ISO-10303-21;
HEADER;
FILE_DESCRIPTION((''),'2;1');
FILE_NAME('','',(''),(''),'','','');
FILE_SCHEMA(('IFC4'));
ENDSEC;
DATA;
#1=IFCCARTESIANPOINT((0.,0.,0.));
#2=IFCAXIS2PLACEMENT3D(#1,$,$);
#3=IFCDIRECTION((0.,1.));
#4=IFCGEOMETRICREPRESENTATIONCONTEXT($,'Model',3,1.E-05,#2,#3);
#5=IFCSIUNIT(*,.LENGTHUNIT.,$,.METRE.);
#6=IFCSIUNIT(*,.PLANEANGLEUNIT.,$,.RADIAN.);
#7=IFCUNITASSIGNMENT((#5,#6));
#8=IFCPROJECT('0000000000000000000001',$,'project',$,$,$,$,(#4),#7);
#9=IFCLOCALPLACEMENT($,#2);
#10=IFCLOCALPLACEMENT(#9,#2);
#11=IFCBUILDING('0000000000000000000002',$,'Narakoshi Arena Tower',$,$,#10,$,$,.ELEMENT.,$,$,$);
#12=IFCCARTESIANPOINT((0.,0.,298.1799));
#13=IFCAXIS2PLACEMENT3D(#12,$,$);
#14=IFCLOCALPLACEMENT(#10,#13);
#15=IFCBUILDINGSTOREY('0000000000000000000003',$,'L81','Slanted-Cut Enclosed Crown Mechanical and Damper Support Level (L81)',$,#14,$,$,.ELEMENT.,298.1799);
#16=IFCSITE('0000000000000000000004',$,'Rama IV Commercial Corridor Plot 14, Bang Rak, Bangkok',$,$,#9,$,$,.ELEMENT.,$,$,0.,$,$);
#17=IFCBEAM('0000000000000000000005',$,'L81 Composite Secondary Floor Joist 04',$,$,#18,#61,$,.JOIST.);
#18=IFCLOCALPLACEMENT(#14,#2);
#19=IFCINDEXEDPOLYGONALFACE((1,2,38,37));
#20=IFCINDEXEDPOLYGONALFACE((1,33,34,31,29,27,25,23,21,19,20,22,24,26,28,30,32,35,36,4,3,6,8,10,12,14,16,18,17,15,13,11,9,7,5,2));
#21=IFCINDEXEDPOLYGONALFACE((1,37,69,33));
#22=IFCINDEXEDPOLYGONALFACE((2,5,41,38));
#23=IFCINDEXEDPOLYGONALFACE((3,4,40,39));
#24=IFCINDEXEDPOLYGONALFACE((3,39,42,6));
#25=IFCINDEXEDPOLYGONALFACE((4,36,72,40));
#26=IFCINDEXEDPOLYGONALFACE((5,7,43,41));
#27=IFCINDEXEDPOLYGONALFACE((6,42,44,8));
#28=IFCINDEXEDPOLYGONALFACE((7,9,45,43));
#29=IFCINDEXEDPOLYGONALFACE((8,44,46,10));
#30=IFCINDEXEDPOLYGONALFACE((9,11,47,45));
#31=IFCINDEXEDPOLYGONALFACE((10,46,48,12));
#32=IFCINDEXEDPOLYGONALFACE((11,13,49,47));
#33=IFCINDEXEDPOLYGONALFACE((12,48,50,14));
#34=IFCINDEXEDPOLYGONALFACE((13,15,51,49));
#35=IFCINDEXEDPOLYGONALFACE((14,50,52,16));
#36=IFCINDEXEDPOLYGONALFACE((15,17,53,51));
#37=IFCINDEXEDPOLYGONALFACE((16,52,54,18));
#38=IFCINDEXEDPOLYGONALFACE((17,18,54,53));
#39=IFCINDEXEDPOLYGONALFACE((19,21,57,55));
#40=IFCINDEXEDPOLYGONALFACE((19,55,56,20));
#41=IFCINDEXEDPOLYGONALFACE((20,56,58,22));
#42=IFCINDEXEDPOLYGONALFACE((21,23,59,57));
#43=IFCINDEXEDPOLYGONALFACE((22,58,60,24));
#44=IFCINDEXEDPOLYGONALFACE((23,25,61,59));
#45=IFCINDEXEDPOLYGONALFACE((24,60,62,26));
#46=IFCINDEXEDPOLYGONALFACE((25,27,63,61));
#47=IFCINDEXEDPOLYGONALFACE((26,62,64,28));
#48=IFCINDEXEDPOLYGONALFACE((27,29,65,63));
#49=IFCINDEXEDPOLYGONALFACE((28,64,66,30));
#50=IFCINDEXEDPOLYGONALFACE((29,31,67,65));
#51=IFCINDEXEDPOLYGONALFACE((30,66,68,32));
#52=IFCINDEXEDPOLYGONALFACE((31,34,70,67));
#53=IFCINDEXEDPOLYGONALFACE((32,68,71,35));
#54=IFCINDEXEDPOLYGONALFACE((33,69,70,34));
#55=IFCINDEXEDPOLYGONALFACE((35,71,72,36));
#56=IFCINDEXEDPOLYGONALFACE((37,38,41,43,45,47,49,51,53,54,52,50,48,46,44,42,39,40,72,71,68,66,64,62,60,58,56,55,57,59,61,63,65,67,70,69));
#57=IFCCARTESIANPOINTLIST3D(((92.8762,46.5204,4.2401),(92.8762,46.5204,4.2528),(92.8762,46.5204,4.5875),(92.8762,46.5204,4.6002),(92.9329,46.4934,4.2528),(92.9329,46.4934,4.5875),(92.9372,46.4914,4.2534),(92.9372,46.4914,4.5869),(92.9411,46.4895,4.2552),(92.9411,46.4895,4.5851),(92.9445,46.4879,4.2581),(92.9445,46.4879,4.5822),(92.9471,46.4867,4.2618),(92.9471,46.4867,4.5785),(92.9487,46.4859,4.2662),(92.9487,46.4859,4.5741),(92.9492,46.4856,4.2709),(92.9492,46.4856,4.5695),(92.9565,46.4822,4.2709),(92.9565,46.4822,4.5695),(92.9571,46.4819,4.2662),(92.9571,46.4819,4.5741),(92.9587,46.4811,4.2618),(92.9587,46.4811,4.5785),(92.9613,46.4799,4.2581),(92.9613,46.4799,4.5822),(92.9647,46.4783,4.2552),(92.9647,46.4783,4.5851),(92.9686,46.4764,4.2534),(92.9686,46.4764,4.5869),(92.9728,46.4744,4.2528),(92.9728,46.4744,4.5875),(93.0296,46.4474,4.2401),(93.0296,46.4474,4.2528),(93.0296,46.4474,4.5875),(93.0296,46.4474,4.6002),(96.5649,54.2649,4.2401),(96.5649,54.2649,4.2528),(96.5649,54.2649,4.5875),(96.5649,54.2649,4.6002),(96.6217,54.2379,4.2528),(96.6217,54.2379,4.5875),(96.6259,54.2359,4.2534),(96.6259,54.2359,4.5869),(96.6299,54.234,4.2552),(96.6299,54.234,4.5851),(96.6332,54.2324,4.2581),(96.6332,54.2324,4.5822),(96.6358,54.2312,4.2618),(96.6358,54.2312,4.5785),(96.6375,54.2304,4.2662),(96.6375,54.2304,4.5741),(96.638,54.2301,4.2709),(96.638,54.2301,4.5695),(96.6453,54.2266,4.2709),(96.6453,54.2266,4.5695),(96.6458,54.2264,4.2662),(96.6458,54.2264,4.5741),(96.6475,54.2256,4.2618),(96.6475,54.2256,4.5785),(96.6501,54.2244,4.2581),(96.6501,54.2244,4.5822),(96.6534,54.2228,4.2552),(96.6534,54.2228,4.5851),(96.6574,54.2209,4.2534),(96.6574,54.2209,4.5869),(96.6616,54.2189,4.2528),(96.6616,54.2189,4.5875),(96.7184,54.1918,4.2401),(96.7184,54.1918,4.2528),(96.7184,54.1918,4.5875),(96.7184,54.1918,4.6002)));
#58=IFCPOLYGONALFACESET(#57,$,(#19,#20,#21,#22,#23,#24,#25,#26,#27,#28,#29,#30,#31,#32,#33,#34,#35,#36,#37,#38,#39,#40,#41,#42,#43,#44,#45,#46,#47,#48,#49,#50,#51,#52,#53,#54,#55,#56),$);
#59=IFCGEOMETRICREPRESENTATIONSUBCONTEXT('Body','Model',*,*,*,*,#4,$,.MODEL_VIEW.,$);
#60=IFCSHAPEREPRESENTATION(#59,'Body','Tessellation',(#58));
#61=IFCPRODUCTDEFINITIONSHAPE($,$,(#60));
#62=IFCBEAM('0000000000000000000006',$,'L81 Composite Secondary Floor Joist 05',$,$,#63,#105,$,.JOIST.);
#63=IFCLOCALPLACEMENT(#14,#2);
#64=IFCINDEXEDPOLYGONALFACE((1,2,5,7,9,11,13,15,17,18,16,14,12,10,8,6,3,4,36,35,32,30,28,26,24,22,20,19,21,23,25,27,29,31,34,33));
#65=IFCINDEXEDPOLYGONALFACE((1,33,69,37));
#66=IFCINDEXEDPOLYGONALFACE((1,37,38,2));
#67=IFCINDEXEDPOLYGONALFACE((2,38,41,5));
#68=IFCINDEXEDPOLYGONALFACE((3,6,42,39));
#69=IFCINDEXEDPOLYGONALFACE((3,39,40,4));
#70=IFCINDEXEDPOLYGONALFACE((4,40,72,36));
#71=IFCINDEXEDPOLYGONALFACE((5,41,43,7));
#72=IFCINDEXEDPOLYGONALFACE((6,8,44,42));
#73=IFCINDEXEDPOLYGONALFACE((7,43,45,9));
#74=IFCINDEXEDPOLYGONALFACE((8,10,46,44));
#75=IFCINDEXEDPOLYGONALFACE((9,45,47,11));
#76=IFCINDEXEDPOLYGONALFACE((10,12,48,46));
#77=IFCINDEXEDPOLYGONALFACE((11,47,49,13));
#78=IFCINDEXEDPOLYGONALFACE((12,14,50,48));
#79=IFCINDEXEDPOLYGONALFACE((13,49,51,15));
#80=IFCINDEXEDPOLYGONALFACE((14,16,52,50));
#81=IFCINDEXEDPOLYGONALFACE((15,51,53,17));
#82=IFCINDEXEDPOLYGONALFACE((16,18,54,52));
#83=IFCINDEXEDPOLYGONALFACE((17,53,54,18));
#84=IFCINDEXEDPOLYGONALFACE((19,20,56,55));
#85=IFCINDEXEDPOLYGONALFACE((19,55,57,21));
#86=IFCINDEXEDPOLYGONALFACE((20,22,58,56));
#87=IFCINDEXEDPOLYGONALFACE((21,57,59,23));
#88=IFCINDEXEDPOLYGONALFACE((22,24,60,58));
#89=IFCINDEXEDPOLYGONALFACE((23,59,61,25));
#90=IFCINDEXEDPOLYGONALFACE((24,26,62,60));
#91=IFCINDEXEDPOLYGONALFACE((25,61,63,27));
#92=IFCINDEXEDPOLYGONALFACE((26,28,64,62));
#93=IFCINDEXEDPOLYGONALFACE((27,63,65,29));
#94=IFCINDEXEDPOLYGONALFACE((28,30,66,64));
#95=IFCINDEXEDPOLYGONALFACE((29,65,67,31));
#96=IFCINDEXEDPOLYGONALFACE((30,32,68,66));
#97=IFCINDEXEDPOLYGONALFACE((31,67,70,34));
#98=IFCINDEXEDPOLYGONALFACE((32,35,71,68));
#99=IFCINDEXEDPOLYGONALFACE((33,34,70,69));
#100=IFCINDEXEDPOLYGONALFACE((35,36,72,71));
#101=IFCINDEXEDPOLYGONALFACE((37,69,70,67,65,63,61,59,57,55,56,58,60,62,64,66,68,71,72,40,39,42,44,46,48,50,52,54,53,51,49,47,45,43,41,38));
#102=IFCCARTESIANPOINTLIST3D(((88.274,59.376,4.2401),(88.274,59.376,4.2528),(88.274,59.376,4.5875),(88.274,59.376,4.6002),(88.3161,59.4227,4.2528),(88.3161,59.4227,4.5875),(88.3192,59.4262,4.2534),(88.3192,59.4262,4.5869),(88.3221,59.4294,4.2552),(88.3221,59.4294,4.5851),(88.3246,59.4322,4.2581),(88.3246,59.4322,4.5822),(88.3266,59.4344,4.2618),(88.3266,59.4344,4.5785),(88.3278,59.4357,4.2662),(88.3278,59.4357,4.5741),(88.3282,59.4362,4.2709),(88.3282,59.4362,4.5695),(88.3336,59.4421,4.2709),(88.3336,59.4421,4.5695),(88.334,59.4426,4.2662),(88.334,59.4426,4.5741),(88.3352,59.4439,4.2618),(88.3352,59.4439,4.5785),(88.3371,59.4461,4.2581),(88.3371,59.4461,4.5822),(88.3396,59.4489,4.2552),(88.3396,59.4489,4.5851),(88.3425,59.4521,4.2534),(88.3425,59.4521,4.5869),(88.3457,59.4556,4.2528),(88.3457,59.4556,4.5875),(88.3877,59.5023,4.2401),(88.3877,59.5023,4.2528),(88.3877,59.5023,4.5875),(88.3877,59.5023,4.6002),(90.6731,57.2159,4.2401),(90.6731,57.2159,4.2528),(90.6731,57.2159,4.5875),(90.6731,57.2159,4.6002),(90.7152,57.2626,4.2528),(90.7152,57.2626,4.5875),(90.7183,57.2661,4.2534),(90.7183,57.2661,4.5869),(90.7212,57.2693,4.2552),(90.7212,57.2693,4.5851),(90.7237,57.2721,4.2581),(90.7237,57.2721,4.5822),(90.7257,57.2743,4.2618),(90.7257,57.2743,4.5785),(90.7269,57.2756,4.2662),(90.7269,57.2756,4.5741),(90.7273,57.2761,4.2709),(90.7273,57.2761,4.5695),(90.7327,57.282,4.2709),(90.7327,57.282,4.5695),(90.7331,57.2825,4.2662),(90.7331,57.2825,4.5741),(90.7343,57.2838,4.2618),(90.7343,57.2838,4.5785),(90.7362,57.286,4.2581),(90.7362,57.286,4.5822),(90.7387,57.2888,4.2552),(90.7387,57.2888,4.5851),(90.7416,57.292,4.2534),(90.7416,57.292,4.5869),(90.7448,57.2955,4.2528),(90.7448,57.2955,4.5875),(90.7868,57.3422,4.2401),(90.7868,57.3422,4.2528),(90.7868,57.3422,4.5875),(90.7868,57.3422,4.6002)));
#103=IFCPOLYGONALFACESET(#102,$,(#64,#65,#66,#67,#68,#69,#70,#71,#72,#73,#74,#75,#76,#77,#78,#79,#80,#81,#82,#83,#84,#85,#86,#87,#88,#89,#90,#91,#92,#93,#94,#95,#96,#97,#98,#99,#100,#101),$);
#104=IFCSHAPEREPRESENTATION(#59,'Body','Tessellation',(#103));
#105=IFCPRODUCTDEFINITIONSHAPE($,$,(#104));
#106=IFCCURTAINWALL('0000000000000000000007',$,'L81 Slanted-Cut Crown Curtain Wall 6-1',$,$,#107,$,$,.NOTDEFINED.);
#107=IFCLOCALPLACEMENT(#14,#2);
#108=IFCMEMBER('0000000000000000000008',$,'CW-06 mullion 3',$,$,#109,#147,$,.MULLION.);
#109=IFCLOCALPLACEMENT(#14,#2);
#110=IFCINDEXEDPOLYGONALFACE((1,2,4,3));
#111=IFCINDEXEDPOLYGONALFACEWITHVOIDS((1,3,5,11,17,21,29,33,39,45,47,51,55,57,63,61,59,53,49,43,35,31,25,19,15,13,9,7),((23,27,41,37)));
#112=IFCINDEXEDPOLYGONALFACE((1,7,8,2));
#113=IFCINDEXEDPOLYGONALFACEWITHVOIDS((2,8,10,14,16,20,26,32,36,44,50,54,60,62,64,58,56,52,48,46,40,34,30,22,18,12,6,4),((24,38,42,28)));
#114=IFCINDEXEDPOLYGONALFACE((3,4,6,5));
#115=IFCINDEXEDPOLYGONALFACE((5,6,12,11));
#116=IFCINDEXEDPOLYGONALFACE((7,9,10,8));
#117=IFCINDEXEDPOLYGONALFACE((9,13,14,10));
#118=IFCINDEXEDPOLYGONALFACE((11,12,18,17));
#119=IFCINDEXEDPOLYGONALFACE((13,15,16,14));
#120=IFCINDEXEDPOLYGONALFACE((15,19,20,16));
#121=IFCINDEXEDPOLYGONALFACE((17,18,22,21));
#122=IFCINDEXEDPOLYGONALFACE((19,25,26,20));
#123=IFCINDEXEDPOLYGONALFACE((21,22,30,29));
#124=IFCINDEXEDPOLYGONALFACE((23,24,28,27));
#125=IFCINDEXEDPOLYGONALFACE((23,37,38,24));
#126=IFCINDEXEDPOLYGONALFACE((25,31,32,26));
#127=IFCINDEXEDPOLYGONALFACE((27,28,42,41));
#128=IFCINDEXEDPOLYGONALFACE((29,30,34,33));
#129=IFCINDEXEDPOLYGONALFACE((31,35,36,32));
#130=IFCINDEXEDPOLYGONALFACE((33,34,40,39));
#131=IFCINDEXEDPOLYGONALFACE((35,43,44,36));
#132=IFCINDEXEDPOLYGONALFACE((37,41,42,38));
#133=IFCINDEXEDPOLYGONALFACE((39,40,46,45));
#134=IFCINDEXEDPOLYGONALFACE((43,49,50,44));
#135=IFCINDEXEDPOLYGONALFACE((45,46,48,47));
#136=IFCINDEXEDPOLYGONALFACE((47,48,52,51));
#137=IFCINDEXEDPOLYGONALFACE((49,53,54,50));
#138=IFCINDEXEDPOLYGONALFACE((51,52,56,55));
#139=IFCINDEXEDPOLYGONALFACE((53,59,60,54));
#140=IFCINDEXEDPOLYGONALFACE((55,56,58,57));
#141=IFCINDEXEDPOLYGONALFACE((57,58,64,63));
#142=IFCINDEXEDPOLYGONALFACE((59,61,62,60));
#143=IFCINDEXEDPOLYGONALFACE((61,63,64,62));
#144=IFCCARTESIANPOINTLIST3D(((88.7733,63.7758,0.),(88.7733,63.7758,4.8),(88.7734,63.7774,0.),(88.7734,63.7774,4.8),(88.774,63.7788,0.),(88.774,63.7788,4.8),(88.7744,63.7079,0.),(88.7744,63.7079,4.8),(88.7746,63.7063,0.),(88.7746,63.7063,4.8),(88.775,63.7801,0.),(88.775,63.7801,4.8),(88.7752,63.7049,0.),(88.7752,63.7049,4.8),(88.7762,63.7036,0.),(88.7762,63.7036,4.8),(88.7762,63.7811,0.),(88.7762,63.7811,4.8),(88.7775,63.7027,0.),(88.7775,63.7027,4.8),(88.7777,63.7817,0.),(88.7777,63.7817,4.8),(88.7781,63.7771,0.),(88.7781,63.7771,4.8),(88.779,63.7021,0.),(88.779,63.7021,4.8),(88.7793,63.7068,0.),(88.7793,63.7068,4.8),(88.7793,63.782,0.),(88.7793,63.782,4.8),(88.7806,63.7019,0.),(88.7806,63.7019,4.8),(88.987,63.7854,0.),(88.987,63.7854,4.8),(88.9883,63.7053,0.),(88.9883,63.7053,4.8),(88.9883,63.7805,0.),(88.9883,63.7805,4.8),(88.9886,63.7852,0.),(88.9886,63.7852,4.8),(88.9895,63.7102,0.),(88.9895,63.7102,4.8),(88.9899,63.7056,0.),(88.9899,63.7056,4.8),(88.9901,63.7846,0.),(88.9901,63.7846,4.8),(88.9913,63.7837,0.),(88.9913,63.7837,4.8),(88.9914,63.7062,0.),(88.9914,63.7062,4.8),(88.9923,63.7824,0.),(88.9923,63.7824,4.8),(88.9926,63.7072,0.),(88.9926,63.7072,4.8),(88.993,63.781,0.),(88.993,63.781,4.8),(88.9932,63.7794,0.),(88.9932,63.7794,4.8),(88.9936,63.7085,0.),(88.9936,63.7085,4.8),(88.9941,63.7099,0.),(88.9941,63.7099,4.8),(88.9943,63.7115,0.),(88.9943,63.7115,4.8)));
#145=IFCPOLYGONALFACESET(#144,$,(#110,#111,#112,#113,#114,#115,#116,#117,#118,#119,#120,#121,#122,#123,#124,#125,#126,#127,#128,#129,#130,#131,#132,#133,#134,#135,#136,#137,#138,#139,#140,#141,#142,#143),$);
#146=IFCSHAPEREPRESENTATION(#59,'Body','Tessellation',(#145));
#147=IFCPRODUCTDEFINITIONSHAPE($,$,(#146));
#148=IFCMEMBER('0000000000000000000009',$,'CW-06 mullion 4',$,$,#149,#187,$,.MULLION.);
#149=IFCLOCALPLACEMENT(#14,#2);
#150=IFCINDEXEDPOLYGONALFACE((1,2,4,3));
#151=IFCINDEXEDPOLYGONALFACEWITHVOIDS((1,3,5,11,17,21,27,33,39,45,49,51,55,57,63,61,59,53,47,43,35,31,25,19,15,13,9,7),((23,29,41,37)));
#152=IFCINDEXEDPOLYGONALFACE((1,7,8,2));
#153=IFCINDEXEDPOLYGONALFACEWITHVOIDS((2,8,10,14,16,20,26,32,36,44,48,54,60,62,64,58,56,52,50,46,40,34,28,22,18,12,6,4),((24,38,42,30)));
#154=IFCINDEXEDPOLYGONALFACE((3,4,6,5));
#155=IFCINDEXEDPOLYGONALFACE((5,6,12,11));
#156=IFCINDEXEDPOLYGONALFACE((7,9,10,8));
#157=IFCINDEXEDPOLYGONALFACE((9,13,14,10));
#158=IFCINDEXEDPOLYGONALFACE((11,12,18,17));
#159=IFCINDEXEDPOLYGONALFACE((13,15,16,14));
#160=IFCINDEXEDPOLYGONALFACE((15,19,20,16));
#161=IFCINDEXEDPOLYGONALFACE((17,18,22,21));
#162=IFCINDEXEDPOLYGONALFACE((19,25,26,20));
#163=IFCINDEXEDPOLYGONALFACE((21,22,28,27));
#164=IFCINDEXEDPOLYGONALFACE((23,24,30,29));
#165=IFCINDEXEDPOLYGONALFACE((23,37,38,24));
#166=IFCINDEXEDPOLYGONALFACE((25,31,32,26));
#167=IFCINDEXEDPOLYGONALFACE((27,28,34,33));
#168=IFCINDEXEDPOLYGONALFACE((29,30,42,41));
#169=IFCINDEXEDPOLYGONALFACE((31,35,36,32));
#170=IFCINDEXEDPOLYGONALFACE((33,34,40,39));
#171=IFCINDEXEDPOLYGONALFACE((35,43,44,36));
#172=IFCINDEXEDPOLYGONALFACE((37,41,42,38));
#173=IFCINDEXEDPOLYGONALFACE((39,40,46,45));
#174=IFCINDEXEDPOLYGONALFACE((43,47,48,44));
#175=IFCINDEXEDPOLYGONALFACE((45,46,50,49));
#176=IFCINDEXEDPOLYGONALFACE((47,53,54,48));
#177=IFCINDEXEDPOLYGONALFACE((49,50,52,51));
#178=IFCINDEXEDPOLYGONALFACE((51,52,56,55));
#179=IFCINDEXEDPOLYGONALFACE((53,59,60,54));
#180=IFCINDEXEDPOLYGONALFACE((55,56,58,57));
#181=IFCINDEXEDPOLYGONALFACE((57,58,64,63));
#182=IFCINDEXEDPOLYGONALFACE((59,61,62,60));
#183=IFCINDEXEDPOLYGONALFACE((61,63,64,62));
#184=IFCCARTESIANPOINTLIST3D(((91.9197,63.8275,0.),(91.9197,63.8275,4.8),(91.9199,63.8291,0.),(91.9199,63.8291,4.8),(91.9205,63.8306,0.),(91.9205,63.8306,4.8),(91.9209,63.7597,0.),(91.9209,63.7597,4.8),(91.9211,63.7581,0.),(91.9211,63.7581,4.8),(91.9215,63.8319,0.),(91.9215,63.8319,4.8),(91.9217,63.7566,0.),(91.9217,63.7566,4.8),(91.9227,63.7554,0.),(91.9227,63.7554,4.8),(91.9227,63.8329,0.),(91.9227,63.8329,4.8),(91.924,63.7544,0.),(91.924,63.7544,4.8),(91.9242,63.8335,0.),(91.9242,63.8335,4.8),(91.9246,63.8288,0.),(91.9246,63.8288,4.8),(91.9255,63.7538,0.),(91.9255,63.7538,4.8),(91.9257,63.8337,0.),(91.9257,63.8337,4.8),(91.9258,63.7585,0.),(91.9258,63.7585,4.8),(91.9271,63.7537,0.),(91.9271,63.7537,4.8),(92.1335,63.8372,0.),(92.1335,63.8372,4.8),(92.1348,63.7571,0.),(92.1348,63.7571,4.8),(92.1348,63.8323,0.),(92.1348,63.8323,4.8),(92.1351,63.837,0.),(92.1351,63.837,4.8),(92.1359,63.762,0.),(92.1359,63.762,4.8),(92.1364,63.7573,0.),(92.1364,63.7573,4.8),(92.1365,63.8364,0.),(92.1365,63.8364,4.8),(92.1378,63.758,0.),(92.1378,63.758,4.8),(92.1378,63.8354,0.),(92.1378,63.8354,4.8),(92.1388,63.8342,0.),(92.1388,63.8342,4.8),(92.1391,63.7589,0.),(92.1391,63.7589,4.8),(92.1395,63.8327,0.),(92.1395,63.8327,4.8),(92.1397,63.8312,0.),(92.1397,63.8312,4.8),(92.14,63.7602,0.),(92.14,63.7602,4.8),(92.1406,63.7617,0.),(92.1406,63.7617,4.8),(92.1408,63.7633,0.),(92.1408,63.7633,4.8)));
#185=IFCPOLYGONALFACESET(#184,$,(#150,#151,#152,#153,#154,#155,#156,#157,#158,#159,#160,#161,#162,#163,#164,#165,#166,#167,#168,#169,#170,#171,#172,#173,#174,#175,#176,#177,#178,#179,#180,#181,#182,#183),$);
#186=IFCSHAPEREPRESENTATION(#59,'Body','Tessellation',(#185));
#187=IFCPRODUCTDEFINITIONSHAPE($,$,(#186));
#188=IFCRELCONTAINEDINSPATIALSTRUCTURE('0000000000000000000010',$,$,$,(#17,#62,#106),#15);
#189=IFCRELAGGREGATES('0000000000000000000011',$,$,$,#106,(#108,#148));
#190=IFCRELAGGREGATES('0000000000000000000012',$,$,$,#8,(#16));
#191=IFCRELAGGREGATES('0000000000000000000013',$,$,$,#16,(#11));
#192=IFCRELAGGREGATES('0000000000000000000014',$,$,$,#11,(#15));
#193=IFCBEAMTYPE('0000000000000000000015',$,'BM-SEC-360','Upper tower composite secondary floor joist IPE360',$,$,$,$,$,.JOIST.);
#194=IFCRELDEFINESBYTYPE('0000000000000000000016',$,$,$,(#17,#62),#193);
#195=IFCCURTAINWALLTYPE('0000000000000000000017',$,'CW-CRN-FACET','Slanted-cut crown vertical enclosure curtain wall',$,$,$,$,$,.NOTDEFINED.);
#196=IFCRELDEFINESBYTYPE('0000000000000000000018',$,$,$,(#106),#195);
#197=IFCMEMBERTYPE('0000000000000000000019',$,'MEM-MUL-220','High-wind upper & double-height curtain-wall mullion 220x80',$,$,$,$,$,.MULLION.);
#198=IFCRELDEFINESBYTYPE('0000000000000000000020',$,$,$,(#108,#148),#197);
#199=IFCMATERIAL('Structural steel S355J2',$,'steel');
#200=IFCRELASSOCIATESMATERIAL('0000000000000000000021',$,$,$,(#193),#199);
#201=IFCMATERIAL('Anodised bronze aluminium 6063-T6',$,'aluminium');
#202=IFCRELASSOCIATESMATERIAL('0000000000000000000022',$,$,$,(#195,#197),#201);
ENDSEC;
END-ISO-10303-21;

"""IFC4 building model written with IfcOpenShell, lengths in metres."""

from ifc_helpers import new_model, si_unit, direction, frame, origin, origin_2d, place, context, subcontext, project, spatial, hollow_rectangle, i_section, extrude, material, material_profile, profile_set, type_object, element, aggregate, save


model = new_model("IFC4")

# Units and contexts
model_context = context("Model", 3, precision=1e-05, world=origin(), true_north=direction((0.0, 1.0)))
body_context = subcontext(model_context, "Body", "Model", "MODEL_VIEW")
ifc_project = project(units=[si_unit("LENGTHUNIT", "METRE"), si_unit("PLANEANGLEUNIT", "RADIAN")], contexts=[model_context])

# Site, building, storey
site_placement = place(None, origin())
site = spatial("IfcSite", under=ifc_project, at=site_placement, Name="Rama IV Commercial Corridor Plot 14, Bang Rak, Bangkok", CompositionType="ELEMENT", RefElevation=0.0)
building_placement = place(site_placement, origin())
building = spatial("IfcBuilding", under=site, at=building_placement, Name="Narakoshi Arena Tower", CompositionType="ELEMENT")
storey_placement = place(building_placement, frame((0.0, 0.0, 298.1799)))
storey = spatial("IfcBuildingStorey", under=building, at=storey_placement, Name="L81", Description="Slanted-Cut Enclosed Crown Mechanical and Damper Support Level (L81)", CompositionType="ELEMENT", Elevation=298.1799)

# Shared definitions
ifc_material_1 = material(Name="Structural steel S355J2", Category="steel")

# Beams
ifc_material_profile_1 = material_profile(ifc_material_1, i_section(OverallWidth=0.1699, OverallDepth=0.3601, WebThickness=0.0081, FlangeThickness=0.0127, FilletRadius=0.0181, at=origin_2d()), Name="IPE360")
ifc_profile_set_1 = profile_set([ifc_material_profile_1], Name="Structural steel S355J2")
beam_type_1 = type_object("IfcBeamType", Name="BM-SEC-360", Description="Upper tower composite secondary floor joist IPE360", PredefinedType="JOIST", material=ifc_profile_set_1)
beam_1_placement = place(storey_placement, frame((92.9529, 46.4839, 4.4202), z_axis=(0.430021, 0.902819, 0.0), x_axis=(-0.902819, 0.430021, 0.0)))
element("IfcBeam", 1, at=beam_1_placement, inside=storey, type_object=beam_type_1, Name="L81 Composite Secondary Floor Joist 04", PredefinedType="JOIST", context=body_context, shape_type="SweptSolid", body=[
    extrude(i_section(OverallWidth=0.1699, OverallDepth=0.3601, WebThickness=0.0081, FlangeThickness=0.0127, FilletRadius=0.0181, at=origin_2d()), origin(), (0.0, 0.0, 1.0), 8.5781),
])
beam_2_placement = place(storey_placement, frame((90.73, 57.2791, 4.4202), z_axis=(-0.743155, 0.669119, 0.0), x_axis=(-0.669119, -0.743155, 0.0)))
element("IfcBeam", 2, at=beam_2_placement, inside=storey, type_object=beam_type_1, Name="L81 Composite Secondary Floor Joist 05", PredefinedType="JOIST", context=body_context, shape_type="SweptSolid", body=[
    extrude(i_section(OverallWidth=0.1699, OverallDepth=0.3601, WebThickness=0.0081, FlangeThickness=0.0127, FilletRadius=0.0181, at=origin_2d()), origin(), (0.0, 0.0, 1.0), 3.2283),
])

# Curtain wall, members
ifc_material_2 = material(Name="Anodised bronze aluminium 6063-T6", Category="aluminium")
curtain_wall_type = type_object("IfcCurtainWallType", Name="CW-CRN-FACET", Description="Slanted-cut crown vertical enclosure curtain wall", PredefinedType="NOTDEFINED", material=ifc_material_2)
curtain_wall_placement = place(storey_placement, origin())
curtain_wall = element("IfcCurtainWall", 3, at=curtain_wall_placement, inside=storey, type_object=curtain_wall_type, Name="L81 Slanted-Cut Crown Curtain Wall 6-1", PredefinedType="NOTDEFINED")
ifc_material_profile_2 = material_profile(ifc_material_2, hollow_rectangle(XDim=0.0801, YDim=0.22, WallThickness=0.0049, OuterFilletRadius=0.0061, at=origin_2d()), Name="MUL220x80x5")
ifc_profile_set_2 = profile_set([ifc_material_profile_2], Name="Anodised bronze aluminium 6063-T6")
member_type_1 = type_object("IfcMemberType", Name="MEM-MUL-220", Description="High-wind upper & double-height curtain-wall mullion 220x80", PredefinedType="MULLION", material=ifc_profile_set_2)
member_1_placement = place(storey_placement, frame((88.8838, 63.7437, 0.0), z_axis=(0.0, 0.0, 1.0), x_axis=(-0.016447, 0.999865, 0.0)))
member_1 = element("IfcMember", 4, at=member_1_placement, type_object=member_type_1, Name="CW-06 mullion 3", PredefinedType="MULLION", context=body_context, shape_type="SweptSolid", body=[
    extrude(hollow_rectangle(XDim=0.0801, YDim=0.22, WallThickness=0.0049, OuterFilletRadius=0.0061, at=origin_2d()), origin(), (0.0, 0.0, 1.0), 4.8),
])
member_2_placement = place(storey_placement, frame((92.0303, 63.7954, 0.0), z_axis=(0.0, 0.0, 1.0), x_axis=(-0.016447, 0.999865, 0.0)))
member_2 = element("IfcMember", 5, at=member_2_placement, type_object=member_type_1, Name="CW-06 mullion 4", PredefinedType="MULLION", context=body_context, shape_type="SweptSolid", body=[
    extrude(hollow_rectangle(XDim=0.0801, YDim=0.22, WallThickness=0.0049, OuterFilletRadius=0.0061, at=origin_2d()), origin(), (0.0, 0.0, 1.0), 4.8),
])
aggregate(curtain_wall, [member_1, member_2])

save(model, "model.ifc")
